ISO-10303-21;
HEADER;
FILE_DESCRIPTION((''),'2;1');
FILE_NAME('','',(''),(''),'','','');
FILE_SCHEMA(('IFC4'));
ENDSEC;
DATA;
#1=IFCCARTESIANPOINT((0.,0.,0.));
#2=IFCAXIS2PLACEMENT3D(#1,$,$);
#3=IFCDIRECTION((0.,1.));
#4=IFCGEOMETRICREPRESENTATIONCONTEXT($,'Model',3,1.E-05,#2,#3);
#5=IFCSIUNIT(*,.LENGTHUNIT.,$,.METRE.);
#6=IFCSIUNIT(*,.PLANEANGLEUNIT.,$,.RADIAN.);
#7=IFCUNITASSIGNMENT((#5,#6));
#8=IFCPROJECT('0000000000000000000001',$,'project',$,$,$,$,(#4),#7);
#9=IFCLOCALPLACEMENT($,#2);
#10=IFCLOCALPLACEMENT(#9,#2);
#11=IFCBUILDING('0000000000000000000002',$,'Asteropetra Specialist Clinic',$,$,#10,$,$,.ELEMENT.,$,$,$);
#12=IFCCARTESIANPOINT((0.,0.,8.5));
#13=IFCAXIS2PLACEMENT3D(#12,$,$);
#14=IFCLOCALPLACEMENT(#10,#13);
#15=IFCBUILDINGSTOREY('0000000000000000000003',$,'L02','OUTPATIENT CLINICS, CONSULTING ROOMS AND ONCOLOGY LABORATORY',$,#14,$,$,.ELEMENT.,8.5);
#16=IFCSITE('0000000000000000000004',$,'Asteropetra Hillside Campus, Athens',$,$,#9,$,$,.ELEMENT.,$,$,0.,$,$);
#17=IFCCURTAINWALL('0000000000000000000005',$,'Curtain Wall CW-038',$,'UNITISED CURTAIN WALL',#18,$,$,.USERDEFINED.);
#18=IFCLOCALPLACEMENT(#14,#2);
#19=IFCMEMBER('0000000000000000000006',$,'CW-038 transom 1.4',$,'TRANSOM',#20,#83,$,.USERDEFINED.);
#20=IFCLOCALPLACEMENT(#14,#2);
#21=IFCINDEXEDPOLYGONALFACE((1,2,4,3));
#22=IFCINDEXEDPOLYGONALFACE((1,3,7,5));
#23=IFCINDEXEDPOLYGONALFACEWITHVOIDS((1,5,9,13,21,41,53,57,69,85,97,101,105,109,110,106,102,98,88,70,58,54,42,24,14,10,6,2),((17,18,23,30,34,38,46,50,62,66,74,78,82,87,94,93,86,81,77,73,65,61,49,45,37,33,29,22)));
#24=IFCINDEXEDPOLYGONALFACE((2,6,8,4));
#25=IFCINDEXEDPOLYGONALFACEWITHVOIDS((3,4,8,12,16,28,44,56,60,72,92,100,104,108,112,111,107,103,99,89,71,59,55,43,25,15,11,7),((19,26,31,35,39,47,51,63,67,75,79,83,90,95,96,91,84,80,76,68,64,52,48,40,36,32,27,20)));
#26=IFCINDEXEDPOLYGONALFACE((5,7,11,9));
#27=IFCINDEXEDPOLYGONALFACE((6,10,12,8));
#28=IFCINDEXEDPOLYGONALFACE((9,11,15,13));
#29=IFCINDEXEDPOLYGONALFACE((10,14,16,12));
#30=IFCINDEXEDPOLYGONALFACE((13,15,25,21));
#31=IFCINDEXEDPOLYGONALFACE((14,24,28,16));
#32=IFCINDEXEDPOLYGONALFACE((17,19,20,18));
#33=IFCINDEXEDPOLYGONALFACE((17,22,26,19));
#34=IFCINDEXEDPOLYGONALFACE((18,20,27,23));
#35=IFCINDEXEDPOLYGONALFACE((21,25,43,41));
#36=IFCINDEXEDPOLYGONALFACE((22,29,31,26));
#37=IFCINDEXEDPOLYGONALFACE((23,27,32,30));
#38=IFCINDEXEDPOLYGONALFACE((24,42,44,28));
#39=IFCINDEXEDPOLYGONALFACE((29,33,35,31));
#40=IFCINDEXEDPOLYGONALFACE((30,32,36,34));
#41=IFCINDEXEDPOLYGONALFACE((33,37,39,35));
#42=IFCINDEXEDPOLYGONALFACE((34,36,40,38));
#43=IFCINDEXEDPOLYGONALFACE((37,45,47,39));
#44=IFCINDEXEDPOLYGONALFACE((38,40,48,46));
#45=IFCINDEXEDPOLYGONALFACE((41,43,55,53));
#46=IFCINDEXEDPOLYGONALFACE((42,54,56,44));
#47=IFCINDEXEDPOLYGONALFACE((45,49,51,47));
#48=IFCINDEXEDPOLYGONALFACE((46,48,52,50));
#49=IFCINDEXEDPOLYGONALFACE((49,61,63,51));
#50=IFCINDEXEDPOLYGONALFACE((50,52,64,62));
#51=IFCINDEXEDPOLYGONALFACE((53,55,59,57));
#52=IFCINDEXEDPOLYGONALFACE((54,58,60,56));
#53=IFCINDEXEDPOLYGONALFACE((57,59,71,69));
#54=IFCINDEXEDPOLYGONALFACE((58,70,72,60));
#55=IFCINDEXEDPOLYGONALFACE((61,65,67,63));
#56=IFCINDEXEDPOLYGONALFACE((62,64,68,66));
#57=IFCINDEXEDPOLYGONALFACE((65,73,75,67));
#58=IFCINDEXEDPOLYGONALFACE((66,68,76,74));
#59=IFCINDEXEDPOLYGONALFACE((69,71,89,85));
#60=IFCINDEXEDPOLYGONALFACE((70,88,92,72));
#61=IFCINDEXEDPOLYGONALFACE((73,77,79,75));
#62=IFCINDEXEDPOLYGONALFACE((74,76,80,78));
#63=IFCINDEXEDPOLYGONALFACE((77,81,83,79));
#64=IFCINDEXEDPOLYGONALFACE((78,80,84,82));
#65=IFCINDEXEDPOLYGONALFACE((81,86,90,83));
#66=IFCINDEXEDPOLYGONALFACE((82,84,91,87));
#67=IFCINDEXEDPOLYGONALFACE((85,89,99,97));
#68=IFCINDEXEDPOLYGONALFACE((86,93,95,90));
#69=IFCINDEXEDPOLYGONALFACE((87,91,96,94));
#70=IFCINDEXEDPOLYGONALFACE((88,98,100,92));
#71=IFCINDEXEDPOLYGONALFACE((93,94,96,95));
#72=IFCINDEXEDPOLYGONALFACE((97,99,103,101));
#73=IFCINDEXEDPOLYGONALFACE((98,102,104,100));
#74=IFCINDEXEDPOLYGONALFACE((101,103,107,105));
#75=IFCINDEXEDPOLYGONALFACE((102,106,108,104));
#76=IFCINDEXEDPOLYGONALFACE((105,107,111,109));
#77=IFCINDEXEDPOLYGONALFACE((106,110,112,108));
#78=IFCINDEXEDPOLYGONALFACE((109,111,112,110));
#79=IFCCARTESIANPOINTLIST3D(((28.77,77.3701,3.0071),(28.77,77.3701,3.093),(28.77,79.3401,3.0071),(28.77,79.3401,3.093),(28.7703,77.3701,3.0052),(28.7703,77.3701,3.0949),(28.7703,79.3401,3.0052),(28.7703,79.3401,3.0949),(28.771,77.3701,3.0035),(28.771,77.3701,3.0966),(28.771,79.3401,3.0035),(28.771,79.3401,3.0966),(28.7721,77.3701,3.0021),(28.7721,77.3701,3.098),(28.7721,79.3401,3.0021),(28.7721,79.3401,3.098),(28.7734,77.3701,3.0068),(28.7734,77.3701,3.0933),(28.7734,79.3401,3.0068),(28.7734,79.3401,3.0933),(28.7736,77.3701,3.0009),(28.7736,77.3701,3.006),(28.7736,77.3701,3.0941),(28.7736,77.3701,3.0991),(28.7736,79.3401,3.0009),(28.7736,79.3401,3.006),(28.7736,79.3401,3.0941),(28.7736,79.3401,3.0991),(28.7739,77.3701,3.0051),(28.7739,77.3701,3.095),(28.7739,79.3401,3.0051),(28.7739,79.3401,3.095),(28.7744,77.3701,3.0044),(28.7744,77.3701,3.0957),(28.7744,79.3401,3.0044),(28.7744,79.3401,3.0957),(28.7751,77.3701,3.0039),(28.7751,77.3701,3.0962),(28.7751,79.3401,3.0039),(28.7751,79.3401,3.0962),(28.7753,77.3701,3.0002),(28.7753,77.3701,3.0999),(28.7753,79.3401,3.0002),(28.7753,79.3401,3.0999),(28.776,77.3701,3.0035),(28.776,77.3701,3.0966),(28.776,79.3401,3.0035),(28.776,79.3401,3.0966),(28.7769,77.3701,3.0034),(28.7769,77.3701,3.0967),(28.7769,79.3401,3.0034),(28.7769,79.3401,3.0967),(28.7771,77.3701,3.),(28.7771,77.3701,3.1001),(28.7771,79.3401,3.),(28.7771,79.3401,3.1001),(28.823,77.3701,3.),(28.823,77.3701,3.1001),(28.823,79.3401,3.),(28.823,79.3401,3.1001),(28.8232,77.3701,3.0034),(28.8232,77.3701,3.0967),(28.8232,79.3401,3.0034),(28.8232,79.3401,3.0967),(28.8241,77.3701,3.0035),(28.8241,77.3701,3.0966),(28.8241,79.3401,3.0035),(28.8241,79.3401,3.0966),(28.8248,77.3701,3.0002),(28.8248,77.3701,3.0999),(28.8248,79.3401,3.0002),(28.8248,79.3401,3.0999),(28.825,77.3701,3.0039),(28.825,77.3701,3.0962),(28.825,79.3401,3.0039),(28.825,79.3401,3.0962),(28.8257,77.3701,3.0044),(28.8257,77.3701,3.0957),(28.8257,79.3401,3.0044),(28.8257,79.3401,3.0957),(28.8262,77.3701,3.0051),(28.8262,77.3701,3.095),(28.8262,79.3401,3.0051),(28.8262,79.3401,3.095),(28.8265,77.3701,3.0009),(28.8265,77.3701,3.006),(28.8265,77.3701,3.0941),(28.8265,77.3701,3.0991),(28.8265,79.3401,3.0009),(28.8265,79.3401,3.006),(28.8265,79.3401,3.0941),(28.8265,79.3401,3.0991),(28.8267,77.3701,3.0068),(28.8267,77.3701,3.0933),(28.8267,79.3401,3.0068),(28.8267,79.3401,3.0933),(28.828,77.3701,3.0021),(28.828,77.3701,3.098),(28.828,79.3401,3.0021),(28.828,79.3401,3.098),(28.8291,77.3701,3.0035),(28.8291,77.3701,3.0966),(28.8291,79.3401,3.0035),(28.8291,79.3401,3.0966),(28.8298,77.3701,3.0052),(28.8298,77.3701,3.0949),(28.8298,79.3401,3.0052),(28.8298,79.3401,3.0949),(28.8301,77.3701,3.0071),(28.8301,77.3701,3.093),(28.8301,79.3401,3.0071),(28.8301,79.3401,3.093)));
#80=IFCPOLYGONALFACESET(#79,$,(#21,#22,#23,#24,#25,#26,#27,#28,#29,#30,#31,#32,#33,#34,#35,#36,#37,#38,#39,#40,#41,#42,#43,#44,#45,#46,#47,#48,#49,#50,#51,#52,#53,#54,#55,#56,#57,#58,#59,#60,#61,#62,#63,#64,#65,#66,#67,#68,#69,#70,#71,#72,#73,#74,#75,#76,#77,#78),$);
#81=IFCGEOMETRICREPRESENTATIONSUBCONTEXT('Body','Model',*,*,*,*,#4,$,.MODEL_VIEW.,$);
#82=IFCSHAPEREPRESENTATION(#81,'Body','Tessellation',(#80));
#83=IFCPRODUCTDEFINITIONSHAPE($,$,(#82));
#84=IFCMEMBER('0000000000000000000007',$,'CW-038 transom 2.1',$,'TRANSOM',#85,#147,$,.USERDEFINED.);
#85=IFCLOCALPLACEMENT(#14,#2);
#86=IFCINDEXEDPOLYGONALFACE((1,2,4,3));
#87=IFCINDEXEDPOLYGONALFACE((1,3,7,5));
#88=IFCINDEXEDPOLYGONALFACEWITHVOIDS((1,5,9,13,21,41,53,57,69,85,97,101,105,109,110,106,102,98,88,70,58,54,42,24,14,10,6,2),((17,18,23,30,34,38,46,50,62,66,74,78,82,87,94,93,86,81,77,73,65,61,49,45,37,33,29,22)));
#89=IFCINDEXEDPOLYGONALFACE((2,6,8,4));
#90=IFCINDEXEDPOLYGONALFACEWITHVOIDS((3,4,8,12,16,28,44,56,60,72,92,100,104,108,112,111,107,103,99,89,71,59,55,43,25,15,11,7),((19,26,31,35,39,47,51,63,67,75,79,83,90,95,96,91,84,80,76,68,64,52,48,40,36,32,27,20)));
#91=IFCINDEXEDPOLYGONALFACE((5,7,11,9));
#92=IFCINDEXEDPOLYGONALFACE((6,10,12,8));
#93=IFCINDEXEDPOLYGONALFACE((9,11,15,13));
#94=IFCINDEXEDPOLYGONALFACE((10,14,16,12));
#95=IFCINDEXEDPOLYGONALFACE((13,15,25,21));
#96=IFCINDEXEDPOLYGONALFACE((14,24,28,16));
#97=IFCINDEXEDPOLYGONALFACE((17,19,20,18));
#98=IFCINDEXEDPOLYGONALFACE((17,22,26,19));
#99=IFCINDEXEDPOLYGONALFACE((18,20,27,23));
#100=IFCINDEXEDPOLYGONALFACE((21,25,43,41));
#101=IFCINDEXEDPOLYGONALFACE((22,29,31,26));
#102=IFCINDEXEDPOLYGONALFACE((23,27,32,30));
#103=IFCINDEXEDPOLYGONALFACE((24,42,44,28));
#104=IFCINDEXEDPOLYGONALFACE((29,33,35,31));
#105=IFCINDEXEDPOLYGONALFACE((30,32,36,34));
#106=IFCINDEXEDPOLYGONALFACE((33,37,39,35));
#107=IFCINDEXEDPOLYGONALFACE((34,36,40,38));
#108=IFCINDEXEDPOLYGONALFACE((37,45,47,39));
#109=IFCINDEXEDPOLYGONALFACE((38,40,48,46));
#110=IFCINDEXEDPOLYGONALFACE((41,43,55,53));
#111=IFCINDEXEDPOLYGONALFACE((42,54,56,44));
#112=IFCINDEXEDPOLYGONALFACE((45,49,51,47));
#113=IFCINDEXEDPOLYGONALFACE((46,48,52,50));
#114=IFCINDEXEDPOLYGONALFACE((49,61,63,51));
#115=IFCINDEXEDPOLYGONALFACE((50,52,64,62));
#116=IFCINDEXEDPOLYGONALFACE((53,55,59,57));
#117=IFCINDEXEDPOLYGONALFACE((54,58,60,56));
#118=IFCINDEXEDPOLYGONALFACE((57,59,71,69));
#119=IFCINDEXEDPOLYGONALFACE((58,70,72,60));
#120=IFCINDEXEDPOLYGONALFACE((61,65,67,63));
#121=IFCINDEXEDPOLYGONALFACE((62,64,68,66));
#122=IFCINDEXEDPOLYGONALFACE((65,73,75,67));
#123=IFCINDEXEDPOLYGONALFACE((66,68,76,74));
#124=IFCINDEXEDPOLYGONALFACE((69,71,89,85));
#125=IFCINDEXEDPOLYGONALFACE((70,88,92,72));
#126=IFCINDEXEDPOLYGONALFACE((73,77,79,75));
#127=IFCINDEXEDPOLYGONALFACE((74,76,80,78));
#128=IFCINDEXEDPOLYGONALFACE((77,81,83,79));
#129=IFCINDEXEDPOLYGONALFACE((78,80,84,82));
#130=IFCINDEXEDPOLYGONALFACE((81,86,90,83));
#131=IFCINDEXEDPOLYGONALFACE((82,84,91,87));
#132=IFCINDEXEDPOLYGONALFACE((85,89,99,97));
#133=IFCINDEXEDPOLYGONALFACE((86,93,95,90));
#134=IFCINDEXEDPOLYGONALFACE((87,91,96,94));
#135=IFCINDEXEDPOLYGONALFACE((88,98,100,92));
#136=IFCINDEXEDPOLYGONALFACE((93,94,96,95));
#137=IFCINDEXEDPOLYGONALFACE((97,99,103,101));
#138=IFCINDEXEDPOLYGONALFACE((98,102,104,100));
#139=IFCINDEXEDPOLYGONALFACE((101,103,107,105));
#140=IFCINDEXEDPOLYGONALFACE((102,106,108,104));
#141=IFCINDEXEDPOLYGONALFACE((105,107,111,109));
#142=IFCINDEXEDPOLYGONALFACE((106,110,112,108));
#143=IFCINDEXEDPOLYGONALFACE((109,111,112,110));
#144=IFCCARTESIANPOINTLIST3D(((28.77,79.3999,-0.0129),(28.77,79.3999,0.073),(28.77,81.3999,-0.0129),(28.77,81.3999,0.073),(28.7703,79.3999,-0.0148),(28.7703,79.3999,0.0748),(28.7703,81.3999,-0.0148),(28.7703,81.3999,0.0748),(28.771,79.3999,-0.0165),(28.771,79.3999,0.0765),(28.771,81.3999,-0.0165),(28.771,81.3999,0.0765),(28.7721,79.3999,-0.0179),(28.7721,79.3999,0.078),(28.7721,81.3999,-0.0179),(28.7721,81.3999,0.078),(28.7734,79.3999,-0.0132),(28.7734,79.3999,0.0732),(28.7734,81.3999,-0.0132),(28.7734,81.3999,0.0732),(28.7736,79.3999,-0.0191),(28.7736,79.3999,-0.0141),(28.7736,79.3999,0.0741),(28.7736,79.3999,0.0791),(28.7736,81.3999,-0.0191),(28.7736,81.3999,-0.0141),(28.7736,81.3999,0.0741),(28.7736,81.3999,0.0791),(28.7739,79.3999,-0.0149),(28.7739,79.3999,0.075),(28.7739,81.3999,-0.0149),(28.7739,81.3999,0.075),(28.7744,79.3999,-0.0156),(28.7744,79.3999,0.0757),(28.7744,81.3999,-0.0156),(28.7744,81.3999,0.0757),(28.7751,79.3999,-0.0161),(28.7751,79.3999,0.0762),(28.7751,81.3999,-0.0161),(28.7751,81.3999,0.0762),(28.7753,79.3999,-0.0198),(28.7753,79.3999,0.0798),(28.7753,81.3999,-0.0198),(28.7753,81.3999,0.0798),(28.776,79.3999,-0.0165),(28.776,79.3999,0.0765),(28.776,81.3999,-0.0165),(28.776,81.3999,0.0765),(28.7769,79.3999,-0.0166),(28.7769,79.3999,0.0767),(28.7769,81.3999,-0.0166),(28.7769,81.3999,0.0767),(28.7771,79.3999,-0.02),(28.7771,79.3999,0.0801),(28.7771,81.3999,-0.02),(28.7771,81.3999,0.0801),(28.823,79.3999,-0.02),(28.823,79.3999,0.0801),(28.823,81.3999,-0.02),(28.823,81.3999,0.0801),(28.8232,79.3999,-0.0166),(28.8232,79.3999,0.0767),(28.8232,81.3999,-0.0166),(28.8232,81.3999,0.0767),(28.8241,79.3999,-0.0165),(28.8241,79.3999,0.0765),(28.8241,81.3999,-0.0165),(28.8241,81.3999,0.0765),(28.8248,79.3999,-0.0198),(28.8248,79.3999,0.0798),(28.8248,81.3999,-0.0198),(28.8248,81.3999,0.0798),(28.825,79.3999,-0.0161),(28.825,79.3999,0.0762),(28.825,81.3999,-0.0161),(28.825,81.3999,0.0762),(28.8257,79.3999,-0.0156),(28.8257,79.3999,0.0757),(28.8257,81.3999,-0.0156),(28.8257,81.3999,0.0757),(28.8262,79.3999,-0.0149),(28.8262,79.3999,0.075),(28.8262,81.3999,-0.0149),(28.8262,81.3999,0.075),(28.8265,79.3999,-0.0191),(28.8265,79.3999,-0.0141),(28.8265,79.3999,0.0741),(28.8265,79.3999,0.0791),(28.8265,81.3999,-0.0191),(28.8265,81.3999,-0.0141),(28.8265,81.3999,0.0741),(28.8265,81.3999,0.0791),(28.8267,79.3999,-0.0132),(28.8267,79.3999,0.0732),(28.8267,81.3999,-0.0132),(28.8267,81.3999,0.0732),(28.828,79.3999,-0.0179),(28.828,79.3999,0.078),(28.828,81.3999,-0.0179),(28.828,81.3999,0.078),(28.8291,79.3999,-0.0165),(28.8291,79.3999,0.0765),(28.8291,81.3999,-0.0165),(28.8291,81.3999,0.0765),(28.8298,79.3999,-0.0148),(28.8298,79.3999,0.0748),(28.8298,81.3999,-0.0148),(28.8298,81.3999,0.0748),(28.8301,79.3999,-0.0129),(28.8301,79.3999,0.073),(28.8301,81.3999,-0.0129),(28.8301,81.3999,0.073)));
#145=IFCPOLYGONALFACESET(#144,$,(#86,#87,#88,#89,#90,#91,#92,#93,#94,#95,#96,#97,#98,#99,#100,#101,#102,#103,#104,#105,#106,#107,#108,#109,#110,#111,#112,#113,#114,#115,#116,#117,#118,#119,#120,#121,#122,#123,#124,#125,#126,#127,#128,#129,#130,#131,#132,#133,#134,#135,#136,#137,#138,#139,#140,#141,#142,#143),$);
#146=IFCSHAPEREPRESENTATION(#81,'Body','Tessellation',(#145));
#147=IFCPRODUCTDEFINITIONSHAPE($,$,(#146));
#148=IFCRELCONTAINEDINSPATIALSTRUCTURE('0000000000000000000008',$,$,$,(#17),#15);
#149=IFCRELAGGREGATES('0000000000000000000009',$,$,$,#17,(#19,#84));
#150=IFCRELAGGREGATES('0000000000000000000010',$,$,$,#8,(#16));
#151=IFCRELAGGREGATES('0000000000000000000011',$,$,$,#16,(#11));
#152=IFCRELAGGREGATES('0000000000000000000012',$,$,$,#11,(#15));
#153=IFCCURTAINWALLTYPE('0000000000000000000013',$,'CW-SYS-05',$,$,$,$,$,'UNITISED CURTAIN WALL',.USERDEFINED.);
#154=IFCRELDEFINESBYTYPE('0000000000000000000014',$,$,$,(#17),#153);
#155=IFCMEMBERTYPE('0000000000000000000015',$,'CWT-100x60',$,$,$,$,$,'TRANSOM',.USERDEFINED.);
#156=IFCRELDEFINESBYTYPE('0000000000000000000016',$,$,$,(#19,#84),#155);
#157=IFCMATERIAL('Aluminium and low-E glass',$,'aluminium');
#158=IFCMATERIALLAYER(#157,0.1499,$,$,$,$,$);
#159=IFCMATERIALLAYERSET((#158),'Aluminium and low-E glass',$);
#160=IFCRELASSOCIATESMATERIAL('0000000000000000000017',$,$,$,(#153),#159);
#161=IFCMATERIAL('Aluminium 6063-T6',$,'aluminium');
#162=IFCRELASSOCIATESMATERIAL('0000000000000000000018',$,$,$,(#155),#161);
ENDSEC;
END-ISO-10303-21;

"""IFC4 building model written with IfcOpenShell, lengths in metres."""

from ifc_helpers import new_model, si_unit, direction, frame, origin, origin_2d, place, context, subcontext, project, spatial, hollow_rectangle, extrude, material, layer, layer_set, material_profile, profile_set, type_object, element, aggregate, save


model = new_model("IFC4")

# Units and contexts
model_context = context("Model", 3, precision=1e-05, world=origin(), true_north=direction((0.0, 1.0)))
body_context = subcontext(model_context, "Body", "Model", "MODEL_VIEW")
ifc_project = project(units=[si_unit("LENGTHUNIT", "METRE"), si_unit("PLANEANGLEUNIT", "RADIAN")], contexts=[model_context])

# Site, building, storey
site_placement = place(None, origin())
site = spatial("IfcSite", under=ifc_project, at=site_placement, Name="Asteropetra Hillside Campus, Athens", CompositionType="ELEMENT", RefElevation=0.0)
building_placement = place(site_placement, origin())
building = spatial("IfcBuilding", under=site, at=building_placement, Name="Asteropetra Specialist Clinic", CompositionType="ELEMENT")
storey_placement = place(building_placement, frame((0.0, 0.0, 8.5)))
storey = spatial("IfcBuildingStorey", under=building, at=storey_placement, Name="L02", Description="OUTPATIENT CLINICS, CONSULTING ROOMS AND ONCOLOGY LABORATORY", CompositionType="ELEMENT", Elevation=8.5)

# Curtain wall
ifc_material_1 = material(Name="Aluminium and low-E glass", Category="aluminium")
ifc_layer_1 = layer(ifc_material_1, 0.1499)
ifc_layer_set_1 = layer_set([ifc_layer_1], Name="Aluminium and low-E glass")
curtain_wall_type_1 = type_object("IfcCurtainWallType", Name="CW-SYS-05", ElementType="UNITISED CURTAIN WALL", PredefinedType="USERDEFINED", material=ifc_layer_set_1)
curtain_wall_1_placement = place(storey_placement, origin())
curtain_wall_1 = element("IfcCurtainWall", 1, at=curtain_wall_1_placement, inside=storey, type_object=curtain_wall_type_1, Name="Curtain Wall CW-038", ObjectType="UNITISED CURTAIN WALL", PredefinedType="USERDEFINED")

# Members
ifc_material_2 = material(Name="Aluminium 6063-T6", Category="aluminium")
ifc_material_profile_1 = material_profile(ifc_material_2, hollow_rectangle(XDim=0.0601, YDim=0.1001, WallThickness=0.0034, InnerFilletRadius=0.0034, OuterFilletRadius=0.0071, at=origin_2d()), Name="TRN 100x60x3.5")
ifc_profile_set_1 = profile_set([ifc_material_profile_1], Name="Aluminium 6063-T6")
member_type_1 = type_object("IfcMemberType", Name="CWT-100x60", ElementType="TRANSOM", PredefinedType="USERDEFINED", material=ifc_profile_set_1)
member_1_placement = place(storey_placement, frame((28.8, 77.3701, 3.05), z_axis=(0.0, 1.0, 0.0), x_axis=(-1.0, 0.0, 0.0)))
member_1 = element("IfcMember", 2, at=member_1_placement, type_object=member_type_1, Name="CW-038 transom 1.4", ObjectType="TRANSOM", PredefinedType="USERDEFINED", context=body_context, shape_type="SweptSolid", body=[
    extrude(hollow_rectangle(XDim=0.0601, YDim=0.1001, WallThickness=0.0034, InnerFilletRadius=0.0034, OuterFilletRadius=0.0071, at=origin_2d()), origin(), (0.0, 0.0, 1.0), 1.97),
])
member_2_placement = place(storey_placement, frame((28.8, 79.3999, 0.03), z_axis=(0.0, 1.0, 0.0), x_axis=(-1.0, 0.0, 0.0)))
member_2 = element("IfcMember", 3, at=member_2_placement, type_object=member_type_1, Name="CW-038 transom 2.1", ObjectType="TRANSOM", PredefinedType="USERDEFINED", context=body_context, shape_type="SweptSolid", body=[
    extrude(hollow_rectangle(XDim=0.0601, YDim=0.1001, WallThickness=0.0034, InnerFilletRadius=0.0034, OuterFilletRadius=0.0071, at=origin_2d()), origin(), (0.0, 0.0, 1.0), 2.0),
])

aggregate(curtain_wall_1, [member_1, member_2])

save(model, "model.ifc")
